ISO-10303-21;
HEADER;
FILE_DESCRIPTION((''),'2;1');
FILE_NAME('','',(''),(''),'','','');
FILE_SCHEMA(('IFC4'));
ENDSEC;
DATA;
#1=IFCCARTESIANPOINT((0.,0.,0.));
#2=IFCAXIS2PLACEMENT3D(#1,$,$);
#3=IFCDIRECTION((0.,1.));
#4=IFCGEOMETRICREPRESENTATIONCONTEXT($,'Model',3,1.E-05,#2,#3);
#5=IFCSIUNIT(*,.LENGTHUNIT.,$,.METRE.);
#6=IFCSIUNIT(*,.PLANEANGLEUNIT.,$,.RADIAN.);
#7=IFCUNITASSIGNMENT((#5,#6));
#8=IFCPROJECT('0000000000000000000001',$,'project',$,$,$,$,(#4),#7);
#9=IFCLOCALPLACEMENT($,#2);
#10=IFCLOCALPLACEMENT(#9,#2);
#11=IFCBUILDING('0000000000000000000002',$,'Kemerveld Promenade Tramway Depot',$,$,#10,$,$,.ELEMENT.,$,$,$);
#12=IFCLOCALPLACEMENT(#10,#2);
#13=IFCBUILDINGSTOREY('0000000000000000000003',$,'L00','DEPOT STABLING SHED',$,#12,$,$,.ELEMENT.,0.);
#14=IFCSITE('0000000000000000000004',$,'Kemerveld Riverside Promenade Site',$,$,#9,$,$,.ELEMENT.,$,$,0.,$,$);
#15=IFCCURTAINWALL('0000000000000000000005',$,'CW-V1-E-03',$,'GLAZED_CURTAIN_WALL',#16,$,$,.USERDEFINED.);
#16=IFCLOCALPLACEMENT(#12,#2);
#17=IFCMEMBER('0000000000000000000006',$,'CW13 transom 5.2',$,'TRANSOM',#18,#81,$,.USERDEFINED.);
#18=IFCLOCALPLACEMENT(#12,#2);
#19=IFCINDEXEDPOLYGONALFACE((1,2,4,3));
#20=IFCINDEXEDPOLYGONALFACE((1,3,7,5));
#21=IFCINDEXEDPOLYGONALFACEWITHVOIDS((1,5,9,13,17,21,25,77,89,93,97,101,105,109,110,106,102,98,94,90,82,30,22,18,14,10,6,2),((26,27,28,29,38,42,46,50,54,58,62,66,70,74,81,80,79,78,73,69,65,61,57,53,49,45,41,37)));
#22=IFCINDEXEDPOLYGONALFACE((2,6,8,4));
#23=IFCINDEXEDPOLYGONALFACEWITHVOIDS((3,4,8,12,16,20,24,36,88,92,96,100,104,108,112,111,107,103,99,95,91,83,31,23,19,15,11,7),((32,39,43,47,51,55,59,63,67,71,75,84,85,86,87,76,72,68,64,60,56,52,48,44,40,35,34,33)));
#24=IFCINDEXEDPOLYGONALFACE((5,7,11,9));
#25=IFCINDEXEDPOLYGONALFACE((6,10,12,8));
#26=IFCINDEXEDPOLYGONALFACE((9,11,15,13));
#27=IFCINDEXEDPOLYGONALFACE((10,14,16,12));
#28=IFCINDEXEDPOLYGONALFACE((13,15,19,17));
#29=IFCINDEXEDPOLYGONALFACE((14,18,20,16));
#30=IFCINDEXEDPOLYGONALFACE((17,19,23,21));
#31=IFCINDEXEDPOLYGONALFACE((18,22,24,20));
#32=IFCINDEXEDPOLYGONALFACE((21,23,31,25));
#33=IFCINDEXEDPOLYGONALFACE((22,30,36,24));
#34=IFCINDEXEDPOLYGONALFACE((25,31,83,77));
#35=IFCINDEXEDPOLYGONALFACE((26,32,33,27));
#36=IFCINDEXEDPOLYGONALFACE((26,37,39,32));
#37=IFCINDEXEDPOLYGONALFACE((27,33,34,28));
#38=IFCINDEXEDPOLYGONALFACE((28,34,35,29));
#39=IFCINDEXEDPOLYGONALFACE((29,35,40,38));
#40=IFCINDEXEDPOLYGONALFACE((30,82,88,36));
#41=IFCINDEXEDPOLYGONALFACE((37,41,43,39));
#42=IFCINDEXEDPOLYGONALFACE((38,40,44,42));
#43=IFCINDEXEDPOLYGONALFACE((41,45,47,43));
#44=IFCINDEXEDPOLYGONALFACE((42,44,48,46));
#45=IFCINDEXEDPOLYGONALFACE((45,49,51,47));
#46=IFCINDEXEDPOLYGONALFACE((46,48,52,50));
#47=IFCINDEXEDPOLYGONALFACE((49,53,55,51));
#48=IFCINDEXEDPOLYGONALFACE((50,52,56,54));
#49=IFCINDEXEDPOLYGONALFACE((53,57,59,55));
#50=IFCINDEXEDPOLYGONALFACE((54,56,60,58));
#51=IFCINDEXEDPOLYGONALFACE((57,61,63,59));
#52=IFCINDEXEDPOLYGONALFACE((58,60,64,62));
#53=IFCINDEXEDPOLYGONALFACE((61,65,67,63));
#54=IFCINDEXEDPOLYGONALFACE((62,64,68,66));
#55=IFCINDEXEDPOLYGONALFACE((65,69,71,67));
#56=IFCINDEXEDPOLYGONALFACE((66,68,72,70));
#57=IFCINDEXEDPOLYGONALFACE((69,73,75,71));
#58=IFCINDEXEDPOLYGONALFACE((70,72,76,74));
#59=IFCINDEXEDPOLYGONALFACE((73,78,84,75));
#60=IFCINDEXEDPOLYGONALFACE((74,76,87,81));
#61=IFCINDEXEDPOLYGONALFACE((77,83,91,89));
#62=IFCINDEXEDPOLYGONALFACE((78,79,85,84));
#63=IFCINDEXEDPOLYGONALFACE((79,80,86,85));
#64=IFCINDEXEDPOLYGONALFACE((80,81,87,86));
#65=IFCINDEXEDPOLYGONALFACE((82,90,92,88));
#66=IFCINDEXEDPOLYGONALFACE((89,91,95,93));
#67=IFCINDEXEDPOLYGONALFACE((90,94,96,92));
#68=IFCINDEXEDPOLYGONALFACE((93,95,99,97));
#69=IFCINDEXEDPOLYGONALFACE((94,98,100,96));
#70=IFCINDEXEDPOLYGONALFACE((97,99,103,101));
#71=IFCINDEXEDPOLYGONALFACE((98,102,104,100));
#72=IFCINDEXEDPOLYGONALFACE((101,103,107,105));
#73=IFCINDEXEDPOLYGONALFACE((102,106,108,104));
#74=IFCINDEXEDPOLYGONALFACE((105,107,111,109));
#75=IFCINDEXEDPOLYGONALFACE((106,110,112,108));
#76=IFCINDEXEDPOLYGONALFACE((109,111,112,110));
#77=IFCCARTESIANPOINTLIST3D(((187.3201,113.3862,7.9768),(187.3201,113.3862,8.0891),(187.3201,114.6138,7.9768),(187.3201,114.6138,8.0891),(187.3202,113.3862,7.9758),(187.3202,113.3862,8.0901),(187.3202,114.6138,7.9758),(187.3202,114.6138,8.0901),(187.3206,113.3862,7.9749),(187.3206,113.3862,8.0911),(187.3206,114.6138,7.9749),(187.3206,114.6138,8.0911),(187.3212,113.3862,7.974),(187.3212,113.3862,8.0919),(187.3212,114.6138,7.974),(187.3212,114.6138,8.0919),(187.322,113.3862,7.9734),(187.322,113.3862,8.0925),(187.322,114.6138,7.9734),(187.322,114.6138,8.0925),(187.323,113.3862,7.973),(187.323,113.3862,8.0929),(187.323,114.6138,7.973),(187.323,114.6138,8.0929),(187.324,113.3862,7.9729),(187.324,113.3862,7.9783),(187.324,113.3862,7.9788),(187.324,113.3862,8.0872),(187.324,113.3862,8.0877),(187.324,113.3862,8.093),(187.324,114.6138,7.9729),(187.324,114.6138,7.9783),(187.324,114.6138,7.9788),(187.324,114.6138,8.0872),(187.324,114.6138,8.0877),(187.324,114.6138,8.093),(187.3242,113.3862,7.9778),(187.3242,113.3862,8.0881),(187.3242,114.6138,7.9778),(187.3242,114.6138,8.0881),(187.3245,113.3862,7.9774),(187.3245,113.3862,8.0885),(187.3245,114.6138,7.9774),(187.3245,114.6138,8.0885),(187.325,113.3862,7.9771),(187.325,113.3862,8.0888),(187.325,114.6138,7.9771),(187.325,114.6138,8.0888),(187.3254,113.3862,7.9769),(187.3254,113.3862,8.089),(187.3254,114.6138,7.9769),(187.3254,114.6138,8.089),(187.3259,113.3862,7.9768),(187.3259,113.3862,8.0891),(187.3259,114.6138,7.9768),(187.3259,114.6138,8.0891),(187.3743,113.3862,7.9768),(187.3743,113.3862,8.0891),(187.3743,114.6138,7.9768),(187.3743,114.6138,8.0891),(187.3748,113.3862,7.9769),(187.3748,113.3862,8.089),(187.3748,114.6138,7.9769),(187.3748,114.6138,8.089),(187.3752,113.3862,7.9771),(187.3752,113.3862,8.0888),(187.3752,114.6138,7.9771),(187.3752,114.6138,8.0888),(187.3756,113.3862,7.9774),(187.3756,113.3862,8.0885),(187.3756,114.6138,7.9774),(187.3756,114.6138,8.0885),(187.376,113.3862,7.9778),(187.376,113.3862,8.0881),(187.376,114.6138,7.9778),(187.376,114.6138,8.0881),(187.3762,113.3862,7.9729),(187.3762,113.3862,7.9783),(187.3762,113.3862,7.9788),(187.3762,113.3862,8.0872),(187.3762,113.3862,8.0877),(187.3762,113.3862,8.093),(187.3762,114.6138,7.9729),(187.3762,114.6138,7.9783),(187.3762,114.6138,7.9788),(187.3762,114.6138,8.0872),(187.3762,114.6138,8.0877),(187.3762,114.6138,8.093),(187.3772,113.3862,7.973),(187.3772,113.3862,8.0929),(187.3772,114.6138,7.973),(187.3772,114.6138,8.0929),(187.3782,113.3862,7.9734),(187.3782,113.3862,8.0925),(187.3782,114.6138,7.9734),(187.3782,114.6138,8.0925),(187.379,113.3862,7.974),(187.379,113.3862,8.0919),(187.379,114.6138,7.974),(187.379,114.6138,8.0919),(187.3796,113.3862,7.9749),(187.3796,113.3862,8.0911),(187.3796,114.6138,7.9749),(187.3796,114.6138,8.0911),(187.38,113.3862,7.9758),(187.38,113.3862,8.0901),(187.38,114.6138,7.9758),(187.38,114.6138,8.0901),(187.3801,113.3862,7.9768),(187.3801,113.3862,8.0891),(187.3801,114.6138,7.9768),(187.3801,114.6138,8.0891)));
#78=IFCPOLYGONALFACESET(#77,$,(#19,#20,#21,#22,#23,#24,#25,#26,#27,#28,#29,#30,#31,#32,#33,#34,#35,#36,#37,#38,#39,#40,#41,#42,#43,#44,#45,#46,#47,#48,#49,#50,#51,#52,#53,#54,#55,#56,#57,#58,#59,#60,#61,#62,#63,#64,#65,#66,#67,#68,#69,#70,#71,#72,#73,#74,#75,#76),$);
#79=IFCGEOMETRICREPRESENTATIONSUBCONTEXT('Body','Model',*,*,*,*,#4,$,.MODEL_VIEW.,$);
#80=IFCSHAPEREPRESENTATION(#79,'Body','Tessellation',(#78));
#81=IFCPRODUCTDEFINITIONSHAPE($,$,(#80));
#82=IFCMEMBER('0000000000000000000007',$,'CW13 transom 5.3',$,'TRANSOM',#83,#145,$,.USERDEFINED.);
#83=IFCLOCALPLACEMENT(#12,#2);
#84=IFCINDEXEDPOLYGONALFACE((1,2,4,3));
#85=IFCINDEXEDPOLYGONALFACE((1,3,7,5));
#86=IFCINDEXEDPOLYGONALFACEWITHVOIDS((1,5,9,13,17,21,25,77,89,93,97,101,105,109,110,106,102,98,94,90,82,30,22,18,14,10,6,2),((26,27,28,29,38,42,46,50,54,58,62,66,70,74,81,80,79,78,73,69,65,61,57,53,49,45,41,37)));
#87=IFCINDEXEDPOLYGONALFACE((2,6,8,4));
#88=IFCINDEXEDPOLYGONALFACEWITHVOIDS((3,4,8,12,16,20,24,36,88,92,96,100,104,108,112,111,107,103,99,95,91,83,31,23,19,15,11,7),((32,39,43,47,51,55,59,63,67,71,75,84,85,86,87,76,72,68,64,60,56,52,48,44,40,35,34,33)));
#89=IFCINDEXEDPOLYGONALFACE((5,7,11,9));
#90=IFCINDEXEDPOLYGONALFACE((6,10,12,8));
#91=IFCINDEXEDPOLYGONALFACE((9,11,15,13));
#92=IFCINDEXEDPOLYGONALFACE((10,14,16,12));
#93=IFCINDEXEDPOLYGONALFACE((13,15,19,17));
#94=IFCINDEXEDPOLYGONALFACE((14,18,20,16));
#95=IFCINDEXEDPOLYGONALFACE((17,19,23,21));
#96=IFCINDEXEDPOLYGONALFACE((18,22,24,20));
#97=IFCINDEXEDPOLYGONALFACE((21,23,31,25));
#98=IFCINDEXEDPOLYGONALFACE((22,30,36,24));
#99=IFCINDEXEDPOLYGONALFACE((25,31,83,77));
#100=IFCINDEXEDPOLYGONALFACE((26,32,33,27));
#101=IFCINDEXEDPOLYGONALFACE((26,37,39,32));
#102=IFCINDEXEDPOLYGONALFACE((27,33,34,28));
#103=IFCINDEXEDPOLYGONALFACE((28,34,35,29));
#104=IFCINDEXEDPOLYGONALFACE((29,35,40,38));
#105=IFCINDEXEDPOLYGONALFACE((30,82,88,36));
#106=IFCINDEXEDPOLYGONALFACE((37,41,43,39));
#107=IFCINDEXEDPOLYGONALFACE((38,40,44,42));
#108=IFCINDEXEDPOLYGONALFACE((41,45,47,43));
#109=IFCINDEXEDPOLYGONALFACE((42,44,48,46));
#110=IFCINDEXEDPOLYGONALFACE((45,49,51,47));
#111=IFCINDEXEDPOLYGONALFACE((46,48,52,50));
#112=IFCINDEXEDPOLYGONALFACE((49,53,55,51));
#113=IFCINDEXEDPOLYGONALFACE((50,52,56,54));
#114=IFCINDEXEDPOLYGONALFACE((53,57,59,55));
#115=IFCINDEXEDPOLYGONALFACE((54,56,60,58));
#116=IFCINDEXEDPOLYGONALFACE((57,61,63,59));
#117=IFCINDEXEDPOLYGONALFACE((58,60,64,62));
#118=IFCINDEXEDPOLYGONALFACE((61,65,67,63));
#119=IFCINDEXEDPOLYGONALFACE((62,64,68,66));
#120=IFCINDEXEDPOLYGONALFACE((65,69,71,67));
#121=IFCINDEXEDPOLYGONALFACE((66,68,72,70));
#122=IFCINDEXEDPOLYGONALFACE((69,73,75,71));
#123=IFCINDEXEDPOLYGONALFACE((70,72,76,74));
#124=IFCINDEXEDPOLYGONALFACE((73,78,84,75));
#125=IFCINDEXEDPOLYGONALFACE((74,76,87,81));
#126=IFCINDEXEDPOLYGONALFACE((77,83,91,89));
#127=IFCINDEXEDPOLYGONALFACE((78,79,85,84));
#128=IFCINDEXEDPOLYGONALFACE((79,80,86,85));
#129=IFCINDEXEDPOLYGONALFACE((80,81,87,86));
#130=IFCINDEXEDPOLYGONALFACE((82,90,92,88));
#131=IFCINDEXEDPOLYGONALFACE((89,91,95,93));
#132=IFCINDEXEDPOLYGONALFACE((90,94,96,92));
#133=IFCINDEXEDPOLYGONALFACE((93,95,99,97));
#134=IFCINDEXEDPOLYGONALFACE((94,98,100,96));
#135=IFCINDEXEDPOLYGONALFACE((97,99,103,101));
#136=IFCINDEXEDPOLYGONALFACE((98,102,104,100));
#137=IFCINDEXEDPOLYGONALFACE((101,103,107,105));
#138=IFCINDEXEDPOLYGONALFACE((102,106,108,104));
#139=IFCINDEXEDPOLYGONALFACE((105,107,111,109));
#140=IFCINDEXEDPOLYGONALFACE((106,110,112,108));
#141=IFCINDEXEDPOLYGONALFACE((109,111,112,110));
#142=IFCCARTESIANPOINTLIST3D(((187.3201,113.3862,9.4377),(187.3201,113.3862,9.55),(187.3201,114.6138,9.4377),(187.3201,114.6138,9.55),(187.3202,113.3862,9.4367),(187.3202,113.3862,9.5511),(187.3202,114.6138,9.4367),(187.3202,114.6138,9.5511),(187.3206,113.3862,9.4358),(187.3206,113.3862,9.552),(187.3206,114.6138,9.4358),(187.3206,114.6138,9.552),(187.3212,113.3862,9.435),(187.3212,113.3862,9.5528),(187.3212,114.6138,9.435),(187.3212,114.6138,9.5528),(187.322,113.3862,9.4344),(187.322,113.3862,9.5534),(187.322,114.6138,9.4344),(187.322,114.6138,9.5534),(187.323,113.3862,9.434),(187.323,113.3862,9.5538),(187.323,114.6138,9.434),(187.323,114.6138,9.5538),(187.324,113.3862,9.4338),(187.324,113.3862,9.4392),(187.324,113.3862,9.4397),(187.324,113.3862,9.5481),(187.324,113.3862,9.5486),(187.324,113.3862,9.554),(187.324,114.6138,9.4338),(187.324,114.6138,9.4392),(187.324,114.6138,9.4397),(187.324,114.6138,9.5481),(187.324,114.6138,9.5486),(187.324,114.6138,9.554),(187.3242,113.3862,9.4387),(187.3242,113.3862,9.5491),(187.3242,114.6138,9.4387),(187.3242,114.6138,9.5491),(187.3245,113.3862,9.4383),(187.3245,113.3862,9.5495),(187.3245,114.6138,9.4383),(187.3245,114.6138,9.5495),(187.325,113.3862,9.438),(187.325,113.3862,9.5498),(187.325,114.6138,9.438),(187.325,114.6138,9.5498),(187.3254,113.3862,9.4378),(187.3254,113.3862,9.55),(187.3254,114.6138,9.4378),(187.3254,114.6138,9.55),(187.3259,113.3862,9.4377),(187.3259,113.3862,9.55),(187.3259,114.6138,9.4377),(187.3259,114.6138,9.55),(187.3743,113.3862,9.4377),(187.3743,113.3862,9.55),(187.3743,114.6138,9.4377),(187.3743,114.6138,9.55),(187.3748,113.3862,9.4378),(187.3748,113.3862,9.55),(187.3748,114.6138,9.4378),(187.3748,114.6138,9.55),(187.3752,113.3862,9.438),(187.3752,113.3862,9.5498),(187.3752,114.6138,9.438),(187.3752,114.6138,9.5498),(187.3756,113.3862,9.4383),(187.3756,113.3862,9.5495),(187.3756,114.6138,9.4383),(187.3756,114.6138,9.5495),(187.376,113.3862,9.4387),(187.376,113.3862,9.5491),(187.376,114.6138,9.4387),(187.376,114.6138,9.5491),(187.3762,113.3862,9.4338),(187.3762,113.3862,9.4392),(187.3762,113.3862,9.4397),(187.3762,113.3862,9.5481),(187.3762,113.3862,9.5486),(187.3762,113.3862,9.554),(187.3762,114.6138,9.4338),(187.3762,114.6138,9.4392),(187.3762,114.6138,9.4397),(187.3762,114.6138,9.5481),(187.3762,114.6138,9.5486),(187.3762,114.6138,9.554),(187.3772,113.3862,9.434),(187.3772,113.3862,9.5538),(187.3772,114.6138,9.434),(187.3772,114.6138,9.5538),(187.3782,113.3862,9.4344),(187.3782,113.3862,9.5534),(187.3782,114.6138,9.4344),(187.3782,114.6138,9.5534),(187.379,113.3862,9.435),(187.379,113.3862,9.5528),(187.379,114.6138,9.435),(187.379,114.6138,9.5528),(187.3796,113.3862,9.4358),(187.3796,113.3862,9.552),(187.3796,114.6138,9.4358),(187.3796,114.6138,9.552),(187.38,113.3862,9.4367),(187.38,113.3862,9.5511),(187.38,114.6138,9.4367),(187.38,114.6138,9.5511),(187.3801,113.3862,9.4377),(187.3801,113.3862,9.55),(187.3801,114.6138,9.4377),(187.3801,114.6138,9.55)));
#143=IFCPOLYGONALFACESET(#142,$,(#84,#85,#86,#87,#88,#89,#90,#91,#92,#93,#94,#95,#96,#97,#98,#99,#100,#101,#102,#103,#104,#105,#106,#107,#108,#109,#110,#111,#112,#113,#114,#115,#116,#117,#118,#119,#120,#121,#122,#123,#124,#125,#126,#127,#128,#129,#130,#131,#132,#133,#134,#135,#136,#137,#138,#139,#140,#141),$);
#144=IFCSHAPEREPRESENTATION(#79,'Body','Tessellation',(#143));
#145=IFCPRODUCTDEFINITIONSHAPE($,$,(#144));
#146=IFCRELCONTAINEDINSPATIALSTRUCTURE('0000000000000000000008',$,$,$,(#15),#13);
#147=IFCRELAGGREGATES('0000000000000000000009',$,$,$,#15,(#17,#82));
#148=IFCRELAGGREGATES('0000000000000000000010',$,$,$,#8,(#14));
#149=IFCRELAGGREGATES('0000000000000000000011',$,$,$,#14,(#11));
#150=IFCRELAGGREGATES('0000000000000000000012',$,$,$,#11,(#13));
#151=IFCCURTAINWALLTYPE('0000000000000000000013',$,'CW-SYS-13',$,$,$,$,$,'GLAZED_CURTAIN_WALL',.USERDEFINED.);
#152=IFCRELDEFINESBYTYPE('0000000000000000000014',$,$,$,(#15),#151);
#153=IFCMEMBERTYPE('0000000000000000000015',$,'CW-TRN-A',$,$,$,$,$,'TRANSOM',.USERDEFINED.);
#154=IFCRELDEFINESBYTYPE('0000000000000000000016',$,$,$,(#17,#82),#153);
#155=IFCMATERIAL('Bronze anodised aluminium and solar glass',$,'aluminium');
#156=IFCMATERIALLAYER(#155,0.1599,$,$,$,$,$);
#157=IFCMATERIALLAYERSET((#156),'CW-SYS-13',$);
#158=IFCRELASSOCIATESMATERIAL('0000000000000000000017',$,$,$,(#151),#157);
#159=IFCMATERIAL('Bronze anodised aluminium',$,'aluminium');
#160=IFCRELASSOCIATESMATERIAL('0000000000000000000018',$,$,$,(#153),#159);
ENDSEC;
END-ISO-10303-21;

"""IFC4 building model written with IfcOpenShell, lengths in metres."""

from ifc_helpers import new_model, si_unit, direction, frame, origin, origin_2d, place, context, subcontext, project, spatial, hollow_rectangle, extrude, material, layer, layer_set, material_profile, profile_set, type_object, element, aggregate, save


model = new_model("IFC4")

# Units and contexts
model_context = context("Model", 3, precision=1e-05, world=origin(), true_north=direction((0.0, 1.0)))
body_context = subcontext(model_context, "Body", "Model", "MODEL_VIEW")
ifc_project = project(units=[si_unit("LENGTHUNIT", "METRE"), si_unit("PLANEANGLEUNIT", "RADIAN")], contexts=[model_context])

# Site, building, storey
site_placement = place(None, origin())
site = spatial("IfcSite", under=ifc_project, at=site_placement, Name="Kemerveld Riverside Promenade Site", CompositionType="ELEMENT", RefElevation=0.0)
building_placement = place(site_placement, origin())
building = spatial("IfcBuilding", under=site, at=building_placement, Name="Kemerveld Promenade Tramway Depot", CompositionType="ELEMENT")
storey_placement = place(building_placement, origin())
storey = spatial("IfcBuildingStorey", under=building, at=storey_placement, Name="L00", Description="DEPOT STABLING SHED", CompositionType="ELEMENT", Elevation=0.0)

# Curtain wall, members
ifc_material_1 = material(Name="Bronze anodised aluminium and solar glass", Category="aluminium")
ifc_layer_1 = layer(ifc_material_1, 0.1599)
ifc_layer_set_1 = layer_set([ifc_layer_1], Name="CW-SYS-13")
curtain_wall_type = type_object("IfcCurtainWallType", Name="CW-SYS-13", ElementType="GLAZED_CURTAIN_WALL", PredefinedType="USERDEFINED", material=ifc_layer_set_1)
curtain_wall_placement = place(storey_placement, origin())
curtain_wall = element("IfcCurtainWall", 1, at=curtain_wall_placement, inside=storey, type_object=curtain_wall_type, Name="CW-V1-E-03", ObjectType="GLAZED_CURTAIN_WALL", PredefinedType="USERDEFINED")
ifc_material_2 = material(Name="Bronze anodised aluminium", Category="aluminium")
ifc_material_profile_1 = material_profile(ifc_material_2, hollow_rectangle(XDim=0.0601, YDim=0.1201, WallThickness=0.0039, InnerFilletRadius=0.002, OuterFilletRadius=0.0039, at=origin_2d()), Name="CW-TRN-120x60")
ifc_profile_set_1 = profile_set([ifc_material_profile_1], Name="Bronze anodised aluminium")
member_type_1 = type_object("IfcMemberType", Name="CW-TRN-A", ElementType="TRANSOM", PredefinedType="USERDEFINED", material=ifc_profile_set_1)
member_1_placement = place(storey_placement, frame((187.3501, 114.6138, 8.033), z_axis=(0.0, -1.0, 0.0), x_axis=(1.0, 0.0, 0.0)))
member_1 = element("IfcMember", 2, at=member_1_placement, type_object=member_type_1, Name="CW13 transom 5.2", ObjectType="TRANSOM", PredefinedType="USERDEFINED", context=body_context, shape_type="SweptSolid", body=[
    extrude(hollow_rectangle(XDim=0.0601, YDim=0.1201, WallThickness=0.0039, InnerFilletRadius=0.002, OuterFilletRadius=0.0039, at=origin_2d()), origin(), (0.0, 0.0, 1.0), 1.2275),
])
member_2_placement = place(storey_placement, frame((187.3501, 114.6138, 9.4939), z_axis=(0.0, -1.0, 0.0), x_axis=(1.0, 0.0, 0.0)))
member_2 = element("IfcMember", 3, at=member_2_placement, type_object=member_type_1, Name="CW13 transom 5.3", ObjectType="TRANSOM", PredefinedType="USERDEFINED", context=body_context, shape_type="SweptSolid", body=[
    extrude(hollow_rectangle(XDim=0.0601, YDim=0.1201, WallThickness=0.0039, InnerFilletRadius=0.002, OuterFilletRadius=0.0039, at=origin_2d()), origin(), (0.0, 0.0, 1.0), 1.2275),
])
aggregate(curtain_wall, [member_1, member_2])

save(model, "model.ifc")
